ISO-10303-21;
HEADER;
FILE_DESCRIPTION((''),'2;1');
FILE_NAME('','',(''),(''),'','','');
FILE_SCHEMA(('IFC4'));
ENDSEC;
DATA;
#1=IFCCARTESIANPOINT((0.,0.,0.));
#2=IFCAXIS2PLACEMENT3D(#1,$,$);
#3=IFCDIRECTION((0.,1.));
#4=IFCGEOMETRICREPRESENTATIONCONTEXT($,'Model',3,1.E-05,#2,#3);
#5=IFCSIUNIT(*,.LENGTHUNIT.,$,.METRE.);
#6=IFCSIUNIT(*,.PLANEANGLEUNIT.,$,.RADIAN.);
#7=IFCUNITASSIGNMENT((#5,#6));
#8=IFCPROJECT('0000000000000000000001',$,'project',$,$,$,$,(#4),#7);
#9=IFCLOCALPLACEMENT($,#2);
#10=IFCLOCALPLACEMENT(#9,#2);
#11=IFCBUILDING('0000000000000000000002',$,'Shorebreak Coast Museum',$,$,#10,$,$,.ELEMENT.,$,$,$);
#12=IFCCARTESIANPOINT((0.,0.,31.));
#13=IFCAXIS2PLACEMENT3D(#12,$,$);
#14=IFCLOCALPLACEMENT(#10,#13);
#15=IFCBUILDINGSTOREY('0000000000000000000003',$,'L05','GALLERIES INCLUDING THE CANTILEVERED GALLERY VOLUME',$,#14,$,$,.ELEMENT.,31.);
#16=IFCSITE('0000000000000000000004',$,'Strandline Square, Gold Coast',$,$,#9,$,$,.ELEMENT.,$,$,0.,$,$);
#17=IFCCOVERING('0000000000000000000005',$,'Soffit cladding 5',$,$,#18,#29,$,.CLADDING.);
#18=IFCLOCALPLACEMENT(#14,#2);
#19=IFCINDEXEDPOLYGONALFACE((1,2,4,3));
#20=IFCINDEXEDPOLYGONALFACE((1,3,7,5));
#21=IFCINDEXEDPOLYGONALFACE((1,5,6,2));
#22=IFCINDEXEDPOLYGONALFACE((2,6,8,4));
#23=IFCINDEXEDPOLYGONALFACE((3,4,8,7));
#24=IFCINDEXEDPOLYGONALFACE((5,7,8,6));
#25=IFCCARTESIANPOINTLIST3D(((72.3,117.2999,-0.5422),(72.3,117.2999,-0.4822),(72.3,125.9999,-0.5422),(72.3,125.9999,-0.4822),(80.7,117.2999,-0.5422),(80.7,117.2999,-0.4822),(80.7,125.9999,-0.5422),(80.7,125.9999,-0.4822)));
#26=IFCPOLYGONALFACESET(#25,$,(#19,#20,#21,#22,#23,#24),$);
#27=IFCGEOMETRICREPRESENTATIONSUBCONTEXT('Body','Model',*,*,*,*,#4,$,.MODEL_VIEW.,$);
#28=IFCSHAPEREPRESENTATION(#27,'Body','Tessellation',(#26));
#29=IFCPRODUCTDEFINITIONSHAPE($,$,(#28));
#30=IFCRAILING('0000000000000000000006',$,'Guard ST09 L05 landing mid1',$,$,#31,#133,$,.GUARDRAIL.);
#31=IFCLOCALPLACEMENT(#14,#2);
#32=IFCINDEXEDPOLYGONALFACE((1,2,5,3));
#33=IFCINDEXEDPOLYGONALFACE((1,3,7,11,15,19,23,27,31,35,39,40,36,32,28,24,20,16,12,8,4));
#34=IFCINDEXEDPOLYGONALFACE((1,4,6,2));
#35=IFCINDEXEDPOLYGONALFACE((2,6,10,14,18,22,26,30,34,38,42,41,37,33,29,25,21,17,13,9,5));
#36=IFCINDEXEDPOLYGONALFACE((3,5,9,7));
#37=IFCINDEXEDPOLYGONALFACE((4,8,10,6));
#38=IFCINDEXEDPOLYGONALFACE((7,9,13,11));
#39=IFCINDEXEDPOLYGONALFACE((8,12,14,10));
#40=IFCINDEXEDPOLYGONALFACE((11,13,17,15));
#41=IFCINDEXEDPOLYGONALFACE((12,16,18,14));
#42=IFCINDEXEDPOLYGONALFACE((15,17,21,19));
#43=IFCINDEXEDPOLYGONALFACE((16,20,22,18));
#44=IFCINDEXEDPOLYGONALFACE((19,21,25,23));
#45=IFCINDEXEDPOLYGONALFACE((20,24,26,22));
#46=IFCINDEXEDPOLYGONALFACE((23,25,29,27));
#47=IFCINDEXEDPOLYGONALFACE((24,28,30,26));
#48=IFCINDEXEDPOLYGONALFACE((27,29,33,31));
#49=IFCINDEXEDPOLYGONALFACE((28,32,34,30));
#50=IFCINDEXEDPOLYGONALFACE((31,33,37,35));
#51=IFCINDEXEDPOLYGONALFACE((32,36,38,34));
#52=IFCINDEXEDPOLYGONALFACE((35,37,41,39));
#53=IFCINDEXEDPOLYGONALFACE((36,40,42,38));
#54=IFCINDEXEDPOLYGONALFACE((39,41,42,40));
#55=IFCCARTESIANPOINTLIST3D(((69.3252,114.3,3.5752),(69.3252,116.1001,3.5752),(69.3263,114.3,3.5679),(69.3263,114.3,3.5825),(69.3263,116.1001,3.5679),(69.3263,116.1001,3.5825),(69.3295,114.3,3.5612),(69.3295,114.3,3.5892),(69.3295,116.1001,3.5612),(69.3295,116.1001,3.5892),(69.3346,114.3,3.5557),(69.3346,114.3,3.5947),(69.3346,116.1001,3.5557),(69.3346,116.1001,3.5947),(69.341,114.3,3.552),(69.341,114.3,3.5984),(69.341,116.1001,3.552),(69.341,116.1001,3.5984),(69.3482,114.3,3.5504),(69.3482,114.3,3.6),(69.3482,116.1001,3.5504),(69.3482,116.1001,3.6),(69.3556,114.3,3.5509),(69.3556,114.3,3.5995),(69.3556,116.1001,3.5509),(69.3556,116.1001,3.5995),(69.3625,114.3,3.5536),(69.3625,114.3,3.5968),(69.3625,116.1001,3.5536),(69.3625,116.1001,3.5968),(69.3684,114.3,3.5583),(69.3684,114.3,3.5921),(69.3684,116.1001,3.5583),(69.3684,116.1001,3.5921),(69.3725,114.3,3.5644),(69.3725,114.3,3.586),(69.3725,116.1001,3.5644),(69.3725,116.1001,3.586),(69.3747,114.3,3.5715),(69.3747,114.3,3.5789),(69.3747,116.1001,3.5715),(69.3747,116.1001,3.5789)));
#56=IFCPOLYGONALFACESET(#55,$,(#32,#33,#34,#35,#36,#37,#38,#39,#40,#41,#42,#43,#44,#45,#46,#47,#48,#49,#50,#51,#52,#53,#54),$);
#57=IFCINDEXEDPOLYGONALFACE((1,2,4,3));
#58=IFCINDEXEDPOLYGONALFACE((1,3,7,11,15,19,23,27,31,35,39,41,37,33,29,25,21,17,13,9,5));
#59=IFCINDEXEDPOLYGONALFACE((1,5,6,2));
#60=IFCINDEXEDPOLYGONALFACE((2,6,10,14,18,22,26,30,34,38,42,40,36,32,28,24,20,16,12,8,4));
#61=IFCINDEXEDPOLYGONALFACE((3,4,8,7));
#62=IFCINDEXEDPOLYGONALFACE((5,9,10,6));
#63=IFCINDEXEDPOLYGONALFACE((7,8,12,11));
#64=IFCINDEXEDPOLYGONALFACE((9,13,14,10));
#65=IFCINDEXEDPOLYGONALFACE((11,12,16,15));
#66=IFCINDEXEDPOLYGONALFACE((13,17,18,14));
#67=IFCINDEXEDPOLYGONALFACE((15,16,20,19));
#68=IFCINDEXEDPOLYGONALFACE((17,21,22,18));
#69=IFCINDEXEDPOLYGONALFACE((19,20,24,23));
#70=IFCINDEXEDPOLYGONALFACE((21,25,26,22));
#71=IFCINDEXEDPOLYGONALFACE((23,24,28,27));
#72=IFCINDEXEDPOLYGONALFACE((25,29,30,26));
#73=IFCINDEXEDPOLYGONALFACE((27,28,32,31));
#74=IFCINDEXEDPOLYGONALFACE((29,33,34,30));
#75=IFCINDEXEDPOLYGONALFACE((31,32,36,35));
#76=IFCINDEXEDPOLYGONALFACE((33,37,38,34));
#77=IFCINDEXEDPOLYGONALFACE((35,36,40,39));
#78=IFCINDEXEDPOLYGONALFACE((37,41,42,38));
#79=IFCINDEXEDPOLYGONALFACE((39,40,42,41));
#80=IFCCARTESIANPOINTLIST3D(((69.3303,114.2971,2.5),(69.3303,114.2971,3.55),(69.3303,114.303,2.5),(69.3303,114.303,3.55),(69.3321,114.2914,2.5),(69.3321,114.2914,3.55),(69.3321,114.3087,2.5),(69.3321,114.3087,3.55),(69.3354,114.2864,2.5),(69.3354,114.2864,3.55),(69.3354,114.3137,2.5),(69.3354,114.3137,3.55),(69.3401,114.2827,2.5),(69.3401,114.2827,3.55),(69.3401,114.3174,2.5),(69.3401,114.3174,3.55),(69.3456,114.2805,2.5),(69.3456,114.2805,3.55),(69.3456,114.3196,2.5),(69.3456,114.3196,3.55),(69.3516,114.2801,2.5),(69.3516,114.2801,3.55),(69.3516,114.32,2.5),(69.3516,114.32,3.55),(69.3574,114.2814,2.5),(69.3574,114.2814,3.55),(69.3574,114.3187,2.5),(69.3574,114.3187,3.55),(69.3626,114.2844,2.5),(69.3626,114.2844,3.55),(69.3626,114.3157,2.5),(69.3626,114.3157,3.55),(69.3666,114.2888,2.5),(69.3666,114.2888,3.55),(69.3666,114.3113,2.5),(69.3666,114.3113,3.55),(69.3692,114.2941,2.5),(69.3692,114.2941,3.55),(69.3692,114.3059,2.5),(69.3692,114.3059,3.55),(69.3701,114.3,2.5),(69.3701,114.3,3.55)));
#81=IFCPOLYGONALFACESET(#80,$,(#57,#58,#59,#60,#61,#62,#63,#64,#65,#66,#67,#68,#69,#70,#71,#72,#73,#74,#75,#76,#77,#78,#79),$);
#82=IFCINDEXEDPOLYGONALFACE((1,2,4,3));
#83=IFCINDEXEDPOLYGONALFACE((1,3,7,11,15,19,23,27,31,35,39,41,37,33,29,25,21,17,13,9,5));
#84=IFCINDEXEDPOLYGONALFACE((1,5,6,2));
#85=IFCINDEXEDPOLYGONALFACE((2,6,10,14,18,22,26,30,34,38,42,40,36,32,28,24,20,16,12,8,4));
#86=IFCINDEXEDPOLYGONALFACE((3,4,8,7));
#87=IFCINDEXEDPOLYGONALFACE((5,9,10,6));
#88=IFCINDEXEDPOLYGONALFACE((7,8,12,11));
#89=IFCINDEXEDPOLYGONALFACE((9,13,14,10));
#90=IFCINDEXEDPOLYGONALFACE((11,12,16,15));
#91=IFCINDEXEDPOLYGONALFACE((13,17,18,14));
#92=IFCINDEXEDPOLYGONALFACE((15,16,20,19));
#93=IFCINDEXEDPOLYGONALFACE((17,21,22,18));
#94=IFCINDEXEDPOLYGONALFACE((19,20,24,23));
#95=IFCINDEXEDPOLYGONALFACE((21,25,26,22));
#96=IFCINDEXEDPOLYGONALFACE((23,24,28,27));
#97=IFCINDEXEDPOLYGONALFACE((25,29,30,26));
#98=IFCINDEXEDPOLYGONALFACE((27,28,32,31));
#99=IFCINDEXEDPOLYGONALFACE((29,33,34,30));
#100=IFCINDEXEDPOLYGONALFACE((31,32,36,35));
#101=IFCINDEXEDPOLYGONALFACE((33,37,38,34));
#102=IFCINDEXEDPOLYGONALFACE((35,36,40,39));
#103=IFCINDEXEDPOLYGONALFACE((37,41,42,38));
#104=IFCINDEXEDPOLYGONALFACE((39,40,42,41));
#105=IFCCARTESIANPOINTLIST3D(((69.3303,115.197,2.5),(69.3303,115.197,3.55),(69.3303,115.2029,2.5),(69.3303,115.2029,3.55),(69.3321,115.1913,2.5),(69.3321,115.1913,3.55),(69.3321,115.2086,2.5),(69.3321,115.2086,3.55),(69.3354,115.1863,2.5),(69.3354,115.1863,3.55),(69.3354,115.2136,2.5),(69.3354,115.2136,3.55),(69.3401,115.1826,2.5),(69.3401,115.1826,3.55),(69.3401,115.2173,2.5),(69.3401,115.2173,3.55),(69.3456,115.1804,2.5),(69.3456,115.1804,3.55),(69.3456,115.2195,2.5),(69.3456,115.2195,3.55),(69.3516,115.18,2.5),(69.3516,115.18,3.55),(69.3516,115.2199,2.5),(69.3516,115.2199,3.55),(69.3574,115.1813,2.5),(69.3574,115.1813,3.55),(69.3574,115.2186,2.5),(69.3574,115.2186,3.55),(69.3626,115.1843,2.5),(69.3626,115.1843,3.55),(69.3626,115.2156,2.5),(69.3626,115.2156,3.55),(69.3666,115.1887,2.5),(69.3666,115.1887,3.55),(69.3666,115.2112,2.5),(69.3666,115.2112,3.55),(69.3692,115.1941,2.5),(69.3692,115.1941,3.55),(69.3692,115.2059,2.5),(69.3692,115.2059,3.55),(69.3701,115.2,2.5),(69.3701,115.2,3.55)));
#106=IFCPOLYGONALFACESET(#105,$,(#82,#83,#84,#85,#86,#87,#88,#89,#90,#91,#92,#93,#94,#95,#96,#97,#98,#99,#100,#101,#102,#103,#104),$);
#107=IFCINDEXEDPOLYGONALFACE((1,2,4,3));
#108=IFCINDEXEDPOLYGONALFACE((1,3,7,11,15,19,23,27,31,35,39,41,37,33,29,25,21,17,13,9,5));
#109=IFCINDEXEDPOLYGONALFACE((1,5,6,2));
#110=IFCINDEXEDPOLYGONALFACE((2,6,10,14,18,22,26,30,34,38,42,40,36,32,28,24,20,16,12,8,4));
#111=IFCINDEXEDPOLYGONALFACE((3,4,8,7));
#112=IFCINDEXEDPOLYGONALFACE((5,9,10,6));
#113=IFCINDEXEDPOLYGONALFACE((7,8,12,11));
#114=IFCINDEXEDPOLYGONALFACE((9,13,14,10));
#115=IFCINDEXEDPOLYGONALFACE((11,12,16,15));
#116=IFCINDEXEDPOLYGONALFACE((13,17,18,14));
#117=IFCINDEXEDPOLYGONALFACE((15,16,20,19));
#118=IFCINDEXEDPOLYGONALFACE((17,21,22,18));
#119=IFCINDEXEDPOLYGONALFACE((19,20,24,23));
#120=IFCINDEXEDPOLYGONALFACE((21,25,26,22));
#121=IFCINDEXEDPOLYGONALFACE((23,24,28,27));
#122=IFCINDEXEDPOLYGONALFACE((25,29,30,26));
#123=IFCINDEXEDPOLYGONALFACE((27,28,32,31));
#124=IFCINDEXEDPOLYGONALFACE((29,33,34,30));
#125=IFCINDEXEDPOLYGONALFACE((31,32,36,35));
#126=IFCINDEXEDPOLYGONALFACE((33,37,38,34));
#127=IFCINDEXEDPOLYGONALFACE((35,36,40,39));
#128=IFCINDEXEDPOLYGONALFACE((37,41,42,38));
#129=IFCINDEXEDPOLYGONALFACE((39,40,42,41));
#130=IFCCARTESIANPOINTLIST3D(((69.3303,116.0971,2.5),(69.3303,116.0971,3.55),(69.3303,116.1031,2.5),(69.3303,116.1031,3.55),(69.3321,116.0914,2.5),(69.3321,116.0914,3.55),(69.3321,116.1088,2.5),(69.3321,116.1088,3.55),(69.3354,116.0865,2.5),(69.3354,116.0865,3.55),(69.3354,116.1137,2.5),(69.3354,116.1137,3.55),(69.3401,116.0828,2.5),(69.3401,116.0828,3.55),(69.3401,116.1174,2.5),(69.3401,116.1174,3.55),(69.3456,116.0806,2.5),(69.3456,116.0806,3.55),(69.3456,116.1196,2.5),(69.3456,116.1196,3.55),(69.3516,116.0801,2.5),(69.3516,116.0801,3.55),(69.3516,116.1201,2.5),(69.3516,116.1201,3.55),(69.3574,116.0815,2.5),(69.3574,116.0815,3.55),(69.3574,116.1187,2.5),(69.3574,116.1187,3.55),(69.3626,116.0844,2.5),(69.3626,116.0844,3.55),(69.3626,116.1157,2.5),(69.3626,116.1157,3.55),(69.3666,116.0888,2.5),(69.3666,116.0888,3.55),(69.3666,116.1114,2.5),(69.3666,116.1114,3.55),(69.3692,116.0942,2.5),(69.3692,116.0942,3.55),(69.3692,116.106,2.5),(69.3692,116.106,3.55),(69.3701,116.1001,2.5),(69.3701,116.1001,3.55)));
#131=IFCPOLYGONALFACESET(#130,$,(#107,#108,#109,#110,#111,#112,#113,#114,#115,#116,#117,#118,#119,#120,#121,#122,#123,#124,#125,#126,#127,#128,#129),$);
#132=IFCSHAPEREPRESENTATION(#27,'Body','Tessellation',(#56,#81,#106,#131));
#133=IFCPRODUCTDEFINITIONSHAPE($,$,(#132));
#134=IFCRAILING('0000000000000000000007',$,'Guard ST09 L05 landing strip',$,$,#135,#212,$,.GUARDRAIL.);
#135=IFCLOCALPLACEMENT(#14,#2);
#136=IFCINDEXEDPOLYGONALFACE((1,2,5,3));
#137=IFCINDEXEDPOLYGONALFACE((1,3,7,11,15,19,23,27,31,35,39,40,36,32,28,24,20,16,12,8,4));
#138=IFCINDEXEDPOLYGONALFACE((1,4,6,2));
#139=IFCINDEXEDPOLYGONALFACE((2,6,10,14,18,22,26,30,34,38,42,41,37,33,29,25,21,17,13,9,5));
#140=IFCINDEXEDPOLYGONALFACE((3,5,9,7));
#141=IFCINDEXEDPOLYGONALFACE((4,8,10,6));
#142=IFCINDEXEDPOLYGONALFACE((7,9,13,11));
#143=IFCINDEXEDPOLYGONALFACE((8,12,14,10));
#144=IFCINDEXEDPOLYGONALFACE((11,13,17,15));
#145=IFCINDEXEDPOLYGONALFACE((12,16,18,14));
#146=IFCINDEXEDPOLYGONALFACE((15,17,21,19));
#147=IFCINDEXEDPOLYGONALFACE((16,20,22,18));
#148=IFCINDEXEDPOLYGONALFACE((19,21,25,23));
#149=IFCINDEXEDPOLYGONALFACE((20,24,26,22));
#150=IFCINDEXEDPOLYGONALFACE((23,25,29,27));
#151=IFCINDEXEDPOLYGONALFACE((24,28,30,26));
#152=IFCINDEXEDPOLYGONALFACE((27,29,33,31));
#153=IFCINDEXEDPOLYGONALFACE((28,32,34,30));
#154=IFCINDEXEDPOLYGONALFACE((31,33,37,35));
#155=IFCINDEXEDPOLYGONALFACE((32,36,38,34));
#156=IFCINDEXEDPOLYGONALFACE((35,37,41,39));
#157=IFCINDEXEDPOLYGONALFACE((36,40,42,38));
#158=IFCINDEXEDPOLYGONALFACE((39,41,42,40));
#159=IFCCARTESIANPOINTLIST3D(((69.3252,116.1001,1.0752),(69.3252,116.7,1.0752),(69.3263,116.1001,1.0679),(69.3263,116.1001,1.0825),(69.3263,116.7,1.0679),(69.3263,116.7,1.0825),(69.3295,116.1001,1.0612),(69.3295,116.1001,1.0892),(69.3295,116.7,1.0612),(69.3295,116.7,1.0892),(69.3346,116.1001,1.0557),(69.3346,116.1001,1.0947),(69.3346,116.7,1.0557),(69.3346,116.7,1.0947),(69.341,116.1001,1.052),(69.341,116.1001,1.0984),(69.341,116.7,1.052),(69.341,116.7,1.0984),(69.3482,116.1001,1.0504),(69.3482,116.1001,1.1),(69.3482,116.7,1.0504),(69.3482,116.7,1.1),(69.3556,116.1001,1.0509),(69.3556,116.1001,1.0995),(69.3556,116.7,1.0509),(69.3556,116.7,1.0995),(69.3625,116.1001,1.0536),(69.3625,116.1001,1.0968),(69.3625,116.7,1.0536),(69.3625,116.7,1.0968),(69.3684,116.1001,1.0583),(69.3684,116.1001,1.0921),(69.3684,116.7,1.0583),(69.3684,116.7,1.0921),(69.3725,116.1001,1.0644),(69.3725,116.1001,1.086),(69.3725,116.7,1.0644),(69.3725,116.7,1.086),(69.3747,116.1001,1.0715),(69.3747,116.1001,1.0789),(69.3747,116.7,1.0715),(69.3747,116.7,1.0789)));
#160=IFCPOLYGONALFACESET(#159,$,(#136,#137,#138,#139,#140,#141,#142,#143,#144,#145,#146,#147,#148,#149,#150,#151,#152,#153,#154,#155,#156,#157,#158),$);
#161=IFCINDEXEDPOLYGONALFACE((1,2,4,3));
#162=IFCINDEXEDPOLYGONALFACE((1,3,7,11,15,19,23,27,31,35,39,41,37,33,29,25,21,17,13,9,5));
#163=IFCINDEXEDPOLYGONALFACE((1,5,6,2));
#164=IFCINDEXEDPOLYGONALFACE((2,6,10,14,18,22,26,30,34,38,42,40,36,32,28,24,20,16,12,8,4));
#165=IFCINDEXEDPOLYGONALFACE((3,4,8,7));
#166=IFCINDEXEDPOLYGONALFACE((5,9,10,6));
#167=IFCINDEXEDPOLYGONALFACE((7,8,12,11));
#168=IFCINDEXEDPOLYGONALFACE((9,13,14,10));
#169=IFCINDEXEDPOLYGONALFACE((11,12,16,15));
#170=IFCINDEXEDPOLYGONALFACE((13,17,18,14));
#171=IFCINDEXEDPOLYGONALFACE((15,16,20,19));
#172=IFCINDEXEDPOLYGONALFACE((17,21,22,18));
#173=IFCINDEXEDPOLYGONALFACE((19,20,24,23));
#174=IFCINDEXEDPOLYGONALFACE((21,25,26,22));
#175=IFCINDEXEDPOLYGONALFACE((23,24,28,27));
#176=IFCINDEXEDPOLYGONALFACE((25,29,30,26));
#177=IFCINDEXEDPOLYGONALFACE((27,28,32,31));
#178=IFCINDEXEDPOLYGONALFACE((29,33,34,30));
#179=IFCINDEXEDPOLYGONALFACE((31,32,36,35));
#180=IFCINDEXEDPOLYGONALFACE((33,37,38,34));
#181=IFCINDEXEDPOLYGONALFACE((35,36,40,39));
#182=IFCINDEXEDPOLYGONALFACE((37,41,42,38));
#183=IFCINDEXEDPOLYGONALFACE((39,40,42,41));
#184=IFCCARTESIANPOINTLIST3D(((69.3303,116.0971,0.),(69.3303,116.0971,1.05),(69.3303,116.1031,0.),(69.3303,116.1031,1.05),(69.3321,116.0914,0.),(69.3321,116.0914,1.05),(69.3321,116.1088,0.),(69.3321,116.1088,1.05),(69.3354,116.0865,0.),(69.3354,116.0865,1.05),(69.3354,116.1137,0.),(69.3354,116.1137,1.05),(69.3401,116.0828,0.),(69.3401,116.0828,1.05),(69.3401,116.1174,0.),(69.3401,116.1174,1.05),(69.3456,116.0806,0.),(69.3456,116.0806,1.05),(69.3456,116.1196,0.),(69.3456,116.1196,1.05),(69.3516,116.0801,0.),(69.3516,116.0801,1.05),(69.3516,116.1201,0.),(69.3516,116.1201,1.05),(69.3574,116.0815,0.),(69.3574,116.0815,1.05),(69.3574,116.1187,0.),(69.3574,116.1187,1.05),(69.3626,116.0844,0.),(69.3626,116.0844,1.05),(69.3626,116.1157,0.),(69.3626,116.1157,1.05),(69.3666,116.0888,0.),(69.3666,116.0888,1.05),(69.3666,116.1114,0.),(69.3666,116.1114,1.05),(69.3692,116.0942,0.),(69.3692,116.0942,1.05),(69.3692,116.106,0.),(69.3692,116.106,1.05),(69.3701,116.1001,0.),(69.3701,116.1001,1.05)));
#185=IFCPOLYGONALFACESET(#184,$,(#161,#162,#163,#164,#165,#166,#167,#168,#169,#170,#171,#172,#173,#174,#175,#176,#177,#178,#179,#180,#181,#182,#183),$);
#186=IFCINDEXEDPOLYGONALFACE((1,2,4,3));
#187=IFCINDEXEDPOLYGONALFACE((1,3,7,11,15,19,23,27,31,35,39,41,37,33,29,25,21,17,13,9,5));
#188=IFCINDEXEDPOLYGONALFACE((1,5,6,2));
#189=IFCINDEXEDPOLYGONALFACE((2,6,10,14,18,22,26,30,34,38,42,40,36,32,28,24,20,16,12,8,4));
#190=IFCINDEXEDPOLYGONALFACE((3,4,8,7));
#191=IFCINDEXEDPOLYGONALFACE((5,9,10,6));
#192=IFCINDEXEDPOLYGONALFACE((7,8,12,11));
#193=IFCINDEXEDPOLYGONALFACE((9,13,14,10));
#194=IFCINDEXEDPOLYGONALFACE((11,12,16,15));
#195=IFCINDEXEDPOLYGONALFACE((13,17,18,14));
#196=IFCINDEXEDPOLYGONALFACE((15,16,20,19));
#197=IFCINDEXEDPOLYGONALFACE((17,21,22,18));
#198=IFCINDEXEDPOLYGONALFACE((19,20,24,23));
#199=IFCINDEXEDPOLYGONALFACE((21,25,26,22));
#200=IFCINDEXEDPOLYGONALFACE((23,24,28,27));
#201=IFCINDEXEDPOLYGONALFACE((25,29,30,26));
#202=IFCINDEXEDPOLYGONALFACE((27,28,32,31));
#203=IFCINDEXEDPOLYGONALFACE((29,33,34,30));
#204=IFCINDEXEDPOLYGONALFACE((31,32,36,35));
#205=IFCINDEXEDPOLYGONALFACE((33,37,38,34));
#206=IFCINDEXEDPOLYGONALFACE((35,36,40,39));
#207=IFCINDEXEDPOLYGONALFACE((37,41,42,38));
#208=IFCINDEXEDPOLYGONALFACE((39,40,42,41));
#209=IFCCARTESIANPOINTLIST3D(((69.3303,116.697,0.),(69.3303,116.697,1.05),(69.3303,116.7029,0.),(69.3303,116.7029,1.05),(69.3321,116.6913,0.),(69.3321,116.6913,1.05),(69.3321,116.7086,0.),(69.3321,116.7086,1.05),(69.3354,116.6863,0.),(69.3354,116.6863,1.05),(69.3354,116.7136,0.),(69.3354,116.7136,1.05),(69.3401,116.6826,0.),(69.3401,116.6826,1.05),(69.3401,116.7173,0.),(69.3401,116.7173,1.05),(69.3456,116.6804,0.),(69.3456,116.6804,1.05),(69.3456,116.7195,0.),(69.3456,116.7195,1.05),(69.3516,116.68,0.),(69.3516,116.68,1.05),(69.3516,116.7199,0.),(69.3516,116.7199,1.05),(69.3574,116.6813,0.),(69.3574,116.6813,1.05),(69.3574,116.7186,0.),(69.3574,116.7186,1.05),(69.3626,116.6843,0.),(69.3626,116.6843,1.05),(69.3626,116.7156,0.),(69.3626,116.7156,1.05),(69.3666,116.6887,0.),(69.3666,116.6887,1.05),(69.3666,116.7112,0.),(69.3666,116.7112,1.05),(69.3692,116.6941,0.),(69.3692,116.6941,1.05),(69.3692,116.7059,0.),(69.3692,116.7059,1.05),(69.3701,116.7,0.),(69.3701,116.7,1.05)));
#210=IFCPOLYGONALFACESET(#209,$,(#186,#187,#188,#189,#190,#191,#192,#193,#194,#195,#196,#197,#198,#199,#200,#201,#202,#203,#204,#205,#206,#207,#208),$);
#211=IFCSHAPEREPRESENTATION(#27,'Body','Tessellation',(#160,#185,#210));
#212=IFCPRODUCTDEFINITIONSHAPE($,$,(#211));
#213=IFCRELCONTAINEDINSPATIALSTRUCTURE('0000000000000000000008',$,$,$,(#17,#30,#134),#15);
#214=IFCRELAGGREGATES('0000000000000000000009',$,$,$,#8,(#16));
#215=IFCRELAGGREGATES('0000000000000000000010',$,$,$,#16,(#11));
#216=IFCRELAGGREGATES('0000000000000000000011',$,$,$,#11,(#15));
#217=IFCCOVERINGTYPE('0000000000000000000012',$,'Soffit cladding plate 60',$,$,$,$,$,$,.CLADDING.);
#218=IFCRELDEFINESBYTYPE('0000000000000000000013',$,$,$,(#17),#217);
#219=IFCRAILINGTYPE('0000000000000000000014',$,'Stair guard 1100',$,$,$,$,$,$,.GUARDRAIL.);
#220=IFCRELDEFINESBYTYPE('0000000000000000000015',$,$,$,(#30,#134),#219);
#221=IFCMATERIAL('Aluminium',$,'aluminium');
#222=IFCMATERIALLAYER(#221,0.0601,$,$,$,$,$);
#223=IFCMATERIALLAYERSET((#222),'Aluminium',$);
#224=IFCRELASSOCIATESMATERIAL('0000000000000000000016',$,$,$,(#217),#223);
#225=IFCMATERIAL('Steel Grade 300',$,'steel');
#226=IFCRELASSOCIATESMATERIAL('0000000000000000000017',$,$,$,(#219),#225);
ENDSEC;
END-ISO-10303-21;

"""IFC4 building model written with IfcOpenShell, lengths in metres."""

from ifc_helpers import new_model, si_unit, direction, frame, origin, origin_2d, place, context, subcontext, project, spatial, rectangle, circle, extrude, material, layer, layer_set, type_object, element, save


model = new_model("IFC4")

# Units and contexts
model_context = context("Model", 3, precision=1e-05, world=origin(), true_north=direction((0.0, 1.0)))
body_context = subcontext(model_context, "Body", "Model", "MODEL_VIEW")
ifc_project = project(units=[si_unit("LENGTHUNIT", "METRE"), si_unit("PLANEANGLEUNIT", "RADIAN")], contexts=[model_context])

# Site, building, storey
site_placement = place(None, origin())
site = spatial("IfcSite", under=ifc_project, at=site_placement, Name="Strandline Square, Gold Coast", CompositionType="ELEMENT", RefElevation=0.0)
building_placement = place(site_placement, origin())
building = spatial("IfcBuilding", under=site, at=building_placement, Name="Shorebreak Coast Museum", CompositionType="ELEMENT")
storey_placement = place(building_placement, frame((0.0, 0.0, 31.0)))
storey = spatial("IfcBuildingStorey", under=building, at=storey_placement, Name="L05", Description="GALLERIES INCLUDING THE CANTILEVERED GALLERY VOLUME", CompositionType="ELEMENT", Elevation=31.0)

# Covering
ifc_material_1 = material(Name="Aluminium", Category="aluminium")
ifc_layer_1 = layer(ifc_material_1, 0.0601)
ifc_layer_set_1 = layer_set([ifc_layer_1], Name="Aluminium")
covering_type = type_object("IfcCoveringType", Name="Soffit cladding plate 60", PredefinedType="CLADDING", material=ifc_layer_set_1)
covering_placement = place(storey_placement, frame((76.5, 121.6499, -0.5422), z_axis=(0.0, 0.0, 1.0), x_axis=(1.0, 0.0, 0.0)))
element("IfcCovering", 1, at=covering_placement, inside=storey, type_object=covering_type, Name="Soffit cladding 5", PredefinedType="CLADDING", context=body_context, shape_type="SweptSolid", body=[
    extrude(rectangle(XDim=8.3999, YDim=8.7, at=origin_2d()), origin(), (0.0, 0.0, 1.0), 0.0601),
])

# Railings
ifc_material_2 = material(Name="Steel Grade 300", Category="steel")
railing_type = type_object("IfcRailingType", Name="Stair guard 1100", PredefinedType="GUARDRAIL", material=ifc_material_2)
railing_placement = place(storey_placement, frame((69.3501, 114.3, 2.5)))
element("IfcRailing", 2, at=railing_placement, inside=storey, type_object=railing_type, Name="Guard ST09 L05 landing mid1", PredefinedType="GUARDRAIL", context=body_context, shape_type="SweptSolid", body=[
    extrude(circle(Radius=0.0249, at=origin_2d()), frame((0.0, 0.0, 1.0752), z_axis=(0.0, 1.0, 0.0), x_axis=(-1.0, 0.0, 0.0)), (0.0, 0.0, 1.0), 1.8),
    extrude(circle(Radius=0.02, at=origin_2d()), origin(), (0.0, 0.0, 1.0), 1.05),
    extrude(circle(Radius=0.02, at=origin_2d()), frame((0.0, 0.8999, 0.0)), (0.0, 0.0, 1.0), 1.05),
    extrude(circle(Radius=0.02, at=origin_2d()), frame((0.0, 1.8, 0.0)), (0.0, 0.0, 1.0), 1.05),
])
for number, where, name in (
    (3, (69.3501, 116.1001, 0.0), "Guard ST09 L05 landing strip"),
):
    element("IfcRailing", number, at=place(storey_placement, frame(where)), inside=storey, type_object=railing_type, Name=name, PredefinedType="GUARDRAIL", context=body_context, shape_type="SweptSolid", body=[
        extrude(circle(Radius=0.0249, at=origin_2d()), frame((0.0, 0.0, 1.0752), z_axis=(0.0, 1.0, 0.0), x_axis=(-1.0, 0.0, 0.0)), (0.0, 0.0, 1.0), 0.5999),
        extrude(circle(Radius=0.02, at=origin_2d()), origin(), (0.0, 0.0, 1.0), 1.05),
        extrude(circle(Radius=0.02, at=origin_2d()), frame((0.0, 0.5999, 0.0)), (0.0, 0.0, 1.0), 1.05),
    ])

save(model, "model.ifc")
